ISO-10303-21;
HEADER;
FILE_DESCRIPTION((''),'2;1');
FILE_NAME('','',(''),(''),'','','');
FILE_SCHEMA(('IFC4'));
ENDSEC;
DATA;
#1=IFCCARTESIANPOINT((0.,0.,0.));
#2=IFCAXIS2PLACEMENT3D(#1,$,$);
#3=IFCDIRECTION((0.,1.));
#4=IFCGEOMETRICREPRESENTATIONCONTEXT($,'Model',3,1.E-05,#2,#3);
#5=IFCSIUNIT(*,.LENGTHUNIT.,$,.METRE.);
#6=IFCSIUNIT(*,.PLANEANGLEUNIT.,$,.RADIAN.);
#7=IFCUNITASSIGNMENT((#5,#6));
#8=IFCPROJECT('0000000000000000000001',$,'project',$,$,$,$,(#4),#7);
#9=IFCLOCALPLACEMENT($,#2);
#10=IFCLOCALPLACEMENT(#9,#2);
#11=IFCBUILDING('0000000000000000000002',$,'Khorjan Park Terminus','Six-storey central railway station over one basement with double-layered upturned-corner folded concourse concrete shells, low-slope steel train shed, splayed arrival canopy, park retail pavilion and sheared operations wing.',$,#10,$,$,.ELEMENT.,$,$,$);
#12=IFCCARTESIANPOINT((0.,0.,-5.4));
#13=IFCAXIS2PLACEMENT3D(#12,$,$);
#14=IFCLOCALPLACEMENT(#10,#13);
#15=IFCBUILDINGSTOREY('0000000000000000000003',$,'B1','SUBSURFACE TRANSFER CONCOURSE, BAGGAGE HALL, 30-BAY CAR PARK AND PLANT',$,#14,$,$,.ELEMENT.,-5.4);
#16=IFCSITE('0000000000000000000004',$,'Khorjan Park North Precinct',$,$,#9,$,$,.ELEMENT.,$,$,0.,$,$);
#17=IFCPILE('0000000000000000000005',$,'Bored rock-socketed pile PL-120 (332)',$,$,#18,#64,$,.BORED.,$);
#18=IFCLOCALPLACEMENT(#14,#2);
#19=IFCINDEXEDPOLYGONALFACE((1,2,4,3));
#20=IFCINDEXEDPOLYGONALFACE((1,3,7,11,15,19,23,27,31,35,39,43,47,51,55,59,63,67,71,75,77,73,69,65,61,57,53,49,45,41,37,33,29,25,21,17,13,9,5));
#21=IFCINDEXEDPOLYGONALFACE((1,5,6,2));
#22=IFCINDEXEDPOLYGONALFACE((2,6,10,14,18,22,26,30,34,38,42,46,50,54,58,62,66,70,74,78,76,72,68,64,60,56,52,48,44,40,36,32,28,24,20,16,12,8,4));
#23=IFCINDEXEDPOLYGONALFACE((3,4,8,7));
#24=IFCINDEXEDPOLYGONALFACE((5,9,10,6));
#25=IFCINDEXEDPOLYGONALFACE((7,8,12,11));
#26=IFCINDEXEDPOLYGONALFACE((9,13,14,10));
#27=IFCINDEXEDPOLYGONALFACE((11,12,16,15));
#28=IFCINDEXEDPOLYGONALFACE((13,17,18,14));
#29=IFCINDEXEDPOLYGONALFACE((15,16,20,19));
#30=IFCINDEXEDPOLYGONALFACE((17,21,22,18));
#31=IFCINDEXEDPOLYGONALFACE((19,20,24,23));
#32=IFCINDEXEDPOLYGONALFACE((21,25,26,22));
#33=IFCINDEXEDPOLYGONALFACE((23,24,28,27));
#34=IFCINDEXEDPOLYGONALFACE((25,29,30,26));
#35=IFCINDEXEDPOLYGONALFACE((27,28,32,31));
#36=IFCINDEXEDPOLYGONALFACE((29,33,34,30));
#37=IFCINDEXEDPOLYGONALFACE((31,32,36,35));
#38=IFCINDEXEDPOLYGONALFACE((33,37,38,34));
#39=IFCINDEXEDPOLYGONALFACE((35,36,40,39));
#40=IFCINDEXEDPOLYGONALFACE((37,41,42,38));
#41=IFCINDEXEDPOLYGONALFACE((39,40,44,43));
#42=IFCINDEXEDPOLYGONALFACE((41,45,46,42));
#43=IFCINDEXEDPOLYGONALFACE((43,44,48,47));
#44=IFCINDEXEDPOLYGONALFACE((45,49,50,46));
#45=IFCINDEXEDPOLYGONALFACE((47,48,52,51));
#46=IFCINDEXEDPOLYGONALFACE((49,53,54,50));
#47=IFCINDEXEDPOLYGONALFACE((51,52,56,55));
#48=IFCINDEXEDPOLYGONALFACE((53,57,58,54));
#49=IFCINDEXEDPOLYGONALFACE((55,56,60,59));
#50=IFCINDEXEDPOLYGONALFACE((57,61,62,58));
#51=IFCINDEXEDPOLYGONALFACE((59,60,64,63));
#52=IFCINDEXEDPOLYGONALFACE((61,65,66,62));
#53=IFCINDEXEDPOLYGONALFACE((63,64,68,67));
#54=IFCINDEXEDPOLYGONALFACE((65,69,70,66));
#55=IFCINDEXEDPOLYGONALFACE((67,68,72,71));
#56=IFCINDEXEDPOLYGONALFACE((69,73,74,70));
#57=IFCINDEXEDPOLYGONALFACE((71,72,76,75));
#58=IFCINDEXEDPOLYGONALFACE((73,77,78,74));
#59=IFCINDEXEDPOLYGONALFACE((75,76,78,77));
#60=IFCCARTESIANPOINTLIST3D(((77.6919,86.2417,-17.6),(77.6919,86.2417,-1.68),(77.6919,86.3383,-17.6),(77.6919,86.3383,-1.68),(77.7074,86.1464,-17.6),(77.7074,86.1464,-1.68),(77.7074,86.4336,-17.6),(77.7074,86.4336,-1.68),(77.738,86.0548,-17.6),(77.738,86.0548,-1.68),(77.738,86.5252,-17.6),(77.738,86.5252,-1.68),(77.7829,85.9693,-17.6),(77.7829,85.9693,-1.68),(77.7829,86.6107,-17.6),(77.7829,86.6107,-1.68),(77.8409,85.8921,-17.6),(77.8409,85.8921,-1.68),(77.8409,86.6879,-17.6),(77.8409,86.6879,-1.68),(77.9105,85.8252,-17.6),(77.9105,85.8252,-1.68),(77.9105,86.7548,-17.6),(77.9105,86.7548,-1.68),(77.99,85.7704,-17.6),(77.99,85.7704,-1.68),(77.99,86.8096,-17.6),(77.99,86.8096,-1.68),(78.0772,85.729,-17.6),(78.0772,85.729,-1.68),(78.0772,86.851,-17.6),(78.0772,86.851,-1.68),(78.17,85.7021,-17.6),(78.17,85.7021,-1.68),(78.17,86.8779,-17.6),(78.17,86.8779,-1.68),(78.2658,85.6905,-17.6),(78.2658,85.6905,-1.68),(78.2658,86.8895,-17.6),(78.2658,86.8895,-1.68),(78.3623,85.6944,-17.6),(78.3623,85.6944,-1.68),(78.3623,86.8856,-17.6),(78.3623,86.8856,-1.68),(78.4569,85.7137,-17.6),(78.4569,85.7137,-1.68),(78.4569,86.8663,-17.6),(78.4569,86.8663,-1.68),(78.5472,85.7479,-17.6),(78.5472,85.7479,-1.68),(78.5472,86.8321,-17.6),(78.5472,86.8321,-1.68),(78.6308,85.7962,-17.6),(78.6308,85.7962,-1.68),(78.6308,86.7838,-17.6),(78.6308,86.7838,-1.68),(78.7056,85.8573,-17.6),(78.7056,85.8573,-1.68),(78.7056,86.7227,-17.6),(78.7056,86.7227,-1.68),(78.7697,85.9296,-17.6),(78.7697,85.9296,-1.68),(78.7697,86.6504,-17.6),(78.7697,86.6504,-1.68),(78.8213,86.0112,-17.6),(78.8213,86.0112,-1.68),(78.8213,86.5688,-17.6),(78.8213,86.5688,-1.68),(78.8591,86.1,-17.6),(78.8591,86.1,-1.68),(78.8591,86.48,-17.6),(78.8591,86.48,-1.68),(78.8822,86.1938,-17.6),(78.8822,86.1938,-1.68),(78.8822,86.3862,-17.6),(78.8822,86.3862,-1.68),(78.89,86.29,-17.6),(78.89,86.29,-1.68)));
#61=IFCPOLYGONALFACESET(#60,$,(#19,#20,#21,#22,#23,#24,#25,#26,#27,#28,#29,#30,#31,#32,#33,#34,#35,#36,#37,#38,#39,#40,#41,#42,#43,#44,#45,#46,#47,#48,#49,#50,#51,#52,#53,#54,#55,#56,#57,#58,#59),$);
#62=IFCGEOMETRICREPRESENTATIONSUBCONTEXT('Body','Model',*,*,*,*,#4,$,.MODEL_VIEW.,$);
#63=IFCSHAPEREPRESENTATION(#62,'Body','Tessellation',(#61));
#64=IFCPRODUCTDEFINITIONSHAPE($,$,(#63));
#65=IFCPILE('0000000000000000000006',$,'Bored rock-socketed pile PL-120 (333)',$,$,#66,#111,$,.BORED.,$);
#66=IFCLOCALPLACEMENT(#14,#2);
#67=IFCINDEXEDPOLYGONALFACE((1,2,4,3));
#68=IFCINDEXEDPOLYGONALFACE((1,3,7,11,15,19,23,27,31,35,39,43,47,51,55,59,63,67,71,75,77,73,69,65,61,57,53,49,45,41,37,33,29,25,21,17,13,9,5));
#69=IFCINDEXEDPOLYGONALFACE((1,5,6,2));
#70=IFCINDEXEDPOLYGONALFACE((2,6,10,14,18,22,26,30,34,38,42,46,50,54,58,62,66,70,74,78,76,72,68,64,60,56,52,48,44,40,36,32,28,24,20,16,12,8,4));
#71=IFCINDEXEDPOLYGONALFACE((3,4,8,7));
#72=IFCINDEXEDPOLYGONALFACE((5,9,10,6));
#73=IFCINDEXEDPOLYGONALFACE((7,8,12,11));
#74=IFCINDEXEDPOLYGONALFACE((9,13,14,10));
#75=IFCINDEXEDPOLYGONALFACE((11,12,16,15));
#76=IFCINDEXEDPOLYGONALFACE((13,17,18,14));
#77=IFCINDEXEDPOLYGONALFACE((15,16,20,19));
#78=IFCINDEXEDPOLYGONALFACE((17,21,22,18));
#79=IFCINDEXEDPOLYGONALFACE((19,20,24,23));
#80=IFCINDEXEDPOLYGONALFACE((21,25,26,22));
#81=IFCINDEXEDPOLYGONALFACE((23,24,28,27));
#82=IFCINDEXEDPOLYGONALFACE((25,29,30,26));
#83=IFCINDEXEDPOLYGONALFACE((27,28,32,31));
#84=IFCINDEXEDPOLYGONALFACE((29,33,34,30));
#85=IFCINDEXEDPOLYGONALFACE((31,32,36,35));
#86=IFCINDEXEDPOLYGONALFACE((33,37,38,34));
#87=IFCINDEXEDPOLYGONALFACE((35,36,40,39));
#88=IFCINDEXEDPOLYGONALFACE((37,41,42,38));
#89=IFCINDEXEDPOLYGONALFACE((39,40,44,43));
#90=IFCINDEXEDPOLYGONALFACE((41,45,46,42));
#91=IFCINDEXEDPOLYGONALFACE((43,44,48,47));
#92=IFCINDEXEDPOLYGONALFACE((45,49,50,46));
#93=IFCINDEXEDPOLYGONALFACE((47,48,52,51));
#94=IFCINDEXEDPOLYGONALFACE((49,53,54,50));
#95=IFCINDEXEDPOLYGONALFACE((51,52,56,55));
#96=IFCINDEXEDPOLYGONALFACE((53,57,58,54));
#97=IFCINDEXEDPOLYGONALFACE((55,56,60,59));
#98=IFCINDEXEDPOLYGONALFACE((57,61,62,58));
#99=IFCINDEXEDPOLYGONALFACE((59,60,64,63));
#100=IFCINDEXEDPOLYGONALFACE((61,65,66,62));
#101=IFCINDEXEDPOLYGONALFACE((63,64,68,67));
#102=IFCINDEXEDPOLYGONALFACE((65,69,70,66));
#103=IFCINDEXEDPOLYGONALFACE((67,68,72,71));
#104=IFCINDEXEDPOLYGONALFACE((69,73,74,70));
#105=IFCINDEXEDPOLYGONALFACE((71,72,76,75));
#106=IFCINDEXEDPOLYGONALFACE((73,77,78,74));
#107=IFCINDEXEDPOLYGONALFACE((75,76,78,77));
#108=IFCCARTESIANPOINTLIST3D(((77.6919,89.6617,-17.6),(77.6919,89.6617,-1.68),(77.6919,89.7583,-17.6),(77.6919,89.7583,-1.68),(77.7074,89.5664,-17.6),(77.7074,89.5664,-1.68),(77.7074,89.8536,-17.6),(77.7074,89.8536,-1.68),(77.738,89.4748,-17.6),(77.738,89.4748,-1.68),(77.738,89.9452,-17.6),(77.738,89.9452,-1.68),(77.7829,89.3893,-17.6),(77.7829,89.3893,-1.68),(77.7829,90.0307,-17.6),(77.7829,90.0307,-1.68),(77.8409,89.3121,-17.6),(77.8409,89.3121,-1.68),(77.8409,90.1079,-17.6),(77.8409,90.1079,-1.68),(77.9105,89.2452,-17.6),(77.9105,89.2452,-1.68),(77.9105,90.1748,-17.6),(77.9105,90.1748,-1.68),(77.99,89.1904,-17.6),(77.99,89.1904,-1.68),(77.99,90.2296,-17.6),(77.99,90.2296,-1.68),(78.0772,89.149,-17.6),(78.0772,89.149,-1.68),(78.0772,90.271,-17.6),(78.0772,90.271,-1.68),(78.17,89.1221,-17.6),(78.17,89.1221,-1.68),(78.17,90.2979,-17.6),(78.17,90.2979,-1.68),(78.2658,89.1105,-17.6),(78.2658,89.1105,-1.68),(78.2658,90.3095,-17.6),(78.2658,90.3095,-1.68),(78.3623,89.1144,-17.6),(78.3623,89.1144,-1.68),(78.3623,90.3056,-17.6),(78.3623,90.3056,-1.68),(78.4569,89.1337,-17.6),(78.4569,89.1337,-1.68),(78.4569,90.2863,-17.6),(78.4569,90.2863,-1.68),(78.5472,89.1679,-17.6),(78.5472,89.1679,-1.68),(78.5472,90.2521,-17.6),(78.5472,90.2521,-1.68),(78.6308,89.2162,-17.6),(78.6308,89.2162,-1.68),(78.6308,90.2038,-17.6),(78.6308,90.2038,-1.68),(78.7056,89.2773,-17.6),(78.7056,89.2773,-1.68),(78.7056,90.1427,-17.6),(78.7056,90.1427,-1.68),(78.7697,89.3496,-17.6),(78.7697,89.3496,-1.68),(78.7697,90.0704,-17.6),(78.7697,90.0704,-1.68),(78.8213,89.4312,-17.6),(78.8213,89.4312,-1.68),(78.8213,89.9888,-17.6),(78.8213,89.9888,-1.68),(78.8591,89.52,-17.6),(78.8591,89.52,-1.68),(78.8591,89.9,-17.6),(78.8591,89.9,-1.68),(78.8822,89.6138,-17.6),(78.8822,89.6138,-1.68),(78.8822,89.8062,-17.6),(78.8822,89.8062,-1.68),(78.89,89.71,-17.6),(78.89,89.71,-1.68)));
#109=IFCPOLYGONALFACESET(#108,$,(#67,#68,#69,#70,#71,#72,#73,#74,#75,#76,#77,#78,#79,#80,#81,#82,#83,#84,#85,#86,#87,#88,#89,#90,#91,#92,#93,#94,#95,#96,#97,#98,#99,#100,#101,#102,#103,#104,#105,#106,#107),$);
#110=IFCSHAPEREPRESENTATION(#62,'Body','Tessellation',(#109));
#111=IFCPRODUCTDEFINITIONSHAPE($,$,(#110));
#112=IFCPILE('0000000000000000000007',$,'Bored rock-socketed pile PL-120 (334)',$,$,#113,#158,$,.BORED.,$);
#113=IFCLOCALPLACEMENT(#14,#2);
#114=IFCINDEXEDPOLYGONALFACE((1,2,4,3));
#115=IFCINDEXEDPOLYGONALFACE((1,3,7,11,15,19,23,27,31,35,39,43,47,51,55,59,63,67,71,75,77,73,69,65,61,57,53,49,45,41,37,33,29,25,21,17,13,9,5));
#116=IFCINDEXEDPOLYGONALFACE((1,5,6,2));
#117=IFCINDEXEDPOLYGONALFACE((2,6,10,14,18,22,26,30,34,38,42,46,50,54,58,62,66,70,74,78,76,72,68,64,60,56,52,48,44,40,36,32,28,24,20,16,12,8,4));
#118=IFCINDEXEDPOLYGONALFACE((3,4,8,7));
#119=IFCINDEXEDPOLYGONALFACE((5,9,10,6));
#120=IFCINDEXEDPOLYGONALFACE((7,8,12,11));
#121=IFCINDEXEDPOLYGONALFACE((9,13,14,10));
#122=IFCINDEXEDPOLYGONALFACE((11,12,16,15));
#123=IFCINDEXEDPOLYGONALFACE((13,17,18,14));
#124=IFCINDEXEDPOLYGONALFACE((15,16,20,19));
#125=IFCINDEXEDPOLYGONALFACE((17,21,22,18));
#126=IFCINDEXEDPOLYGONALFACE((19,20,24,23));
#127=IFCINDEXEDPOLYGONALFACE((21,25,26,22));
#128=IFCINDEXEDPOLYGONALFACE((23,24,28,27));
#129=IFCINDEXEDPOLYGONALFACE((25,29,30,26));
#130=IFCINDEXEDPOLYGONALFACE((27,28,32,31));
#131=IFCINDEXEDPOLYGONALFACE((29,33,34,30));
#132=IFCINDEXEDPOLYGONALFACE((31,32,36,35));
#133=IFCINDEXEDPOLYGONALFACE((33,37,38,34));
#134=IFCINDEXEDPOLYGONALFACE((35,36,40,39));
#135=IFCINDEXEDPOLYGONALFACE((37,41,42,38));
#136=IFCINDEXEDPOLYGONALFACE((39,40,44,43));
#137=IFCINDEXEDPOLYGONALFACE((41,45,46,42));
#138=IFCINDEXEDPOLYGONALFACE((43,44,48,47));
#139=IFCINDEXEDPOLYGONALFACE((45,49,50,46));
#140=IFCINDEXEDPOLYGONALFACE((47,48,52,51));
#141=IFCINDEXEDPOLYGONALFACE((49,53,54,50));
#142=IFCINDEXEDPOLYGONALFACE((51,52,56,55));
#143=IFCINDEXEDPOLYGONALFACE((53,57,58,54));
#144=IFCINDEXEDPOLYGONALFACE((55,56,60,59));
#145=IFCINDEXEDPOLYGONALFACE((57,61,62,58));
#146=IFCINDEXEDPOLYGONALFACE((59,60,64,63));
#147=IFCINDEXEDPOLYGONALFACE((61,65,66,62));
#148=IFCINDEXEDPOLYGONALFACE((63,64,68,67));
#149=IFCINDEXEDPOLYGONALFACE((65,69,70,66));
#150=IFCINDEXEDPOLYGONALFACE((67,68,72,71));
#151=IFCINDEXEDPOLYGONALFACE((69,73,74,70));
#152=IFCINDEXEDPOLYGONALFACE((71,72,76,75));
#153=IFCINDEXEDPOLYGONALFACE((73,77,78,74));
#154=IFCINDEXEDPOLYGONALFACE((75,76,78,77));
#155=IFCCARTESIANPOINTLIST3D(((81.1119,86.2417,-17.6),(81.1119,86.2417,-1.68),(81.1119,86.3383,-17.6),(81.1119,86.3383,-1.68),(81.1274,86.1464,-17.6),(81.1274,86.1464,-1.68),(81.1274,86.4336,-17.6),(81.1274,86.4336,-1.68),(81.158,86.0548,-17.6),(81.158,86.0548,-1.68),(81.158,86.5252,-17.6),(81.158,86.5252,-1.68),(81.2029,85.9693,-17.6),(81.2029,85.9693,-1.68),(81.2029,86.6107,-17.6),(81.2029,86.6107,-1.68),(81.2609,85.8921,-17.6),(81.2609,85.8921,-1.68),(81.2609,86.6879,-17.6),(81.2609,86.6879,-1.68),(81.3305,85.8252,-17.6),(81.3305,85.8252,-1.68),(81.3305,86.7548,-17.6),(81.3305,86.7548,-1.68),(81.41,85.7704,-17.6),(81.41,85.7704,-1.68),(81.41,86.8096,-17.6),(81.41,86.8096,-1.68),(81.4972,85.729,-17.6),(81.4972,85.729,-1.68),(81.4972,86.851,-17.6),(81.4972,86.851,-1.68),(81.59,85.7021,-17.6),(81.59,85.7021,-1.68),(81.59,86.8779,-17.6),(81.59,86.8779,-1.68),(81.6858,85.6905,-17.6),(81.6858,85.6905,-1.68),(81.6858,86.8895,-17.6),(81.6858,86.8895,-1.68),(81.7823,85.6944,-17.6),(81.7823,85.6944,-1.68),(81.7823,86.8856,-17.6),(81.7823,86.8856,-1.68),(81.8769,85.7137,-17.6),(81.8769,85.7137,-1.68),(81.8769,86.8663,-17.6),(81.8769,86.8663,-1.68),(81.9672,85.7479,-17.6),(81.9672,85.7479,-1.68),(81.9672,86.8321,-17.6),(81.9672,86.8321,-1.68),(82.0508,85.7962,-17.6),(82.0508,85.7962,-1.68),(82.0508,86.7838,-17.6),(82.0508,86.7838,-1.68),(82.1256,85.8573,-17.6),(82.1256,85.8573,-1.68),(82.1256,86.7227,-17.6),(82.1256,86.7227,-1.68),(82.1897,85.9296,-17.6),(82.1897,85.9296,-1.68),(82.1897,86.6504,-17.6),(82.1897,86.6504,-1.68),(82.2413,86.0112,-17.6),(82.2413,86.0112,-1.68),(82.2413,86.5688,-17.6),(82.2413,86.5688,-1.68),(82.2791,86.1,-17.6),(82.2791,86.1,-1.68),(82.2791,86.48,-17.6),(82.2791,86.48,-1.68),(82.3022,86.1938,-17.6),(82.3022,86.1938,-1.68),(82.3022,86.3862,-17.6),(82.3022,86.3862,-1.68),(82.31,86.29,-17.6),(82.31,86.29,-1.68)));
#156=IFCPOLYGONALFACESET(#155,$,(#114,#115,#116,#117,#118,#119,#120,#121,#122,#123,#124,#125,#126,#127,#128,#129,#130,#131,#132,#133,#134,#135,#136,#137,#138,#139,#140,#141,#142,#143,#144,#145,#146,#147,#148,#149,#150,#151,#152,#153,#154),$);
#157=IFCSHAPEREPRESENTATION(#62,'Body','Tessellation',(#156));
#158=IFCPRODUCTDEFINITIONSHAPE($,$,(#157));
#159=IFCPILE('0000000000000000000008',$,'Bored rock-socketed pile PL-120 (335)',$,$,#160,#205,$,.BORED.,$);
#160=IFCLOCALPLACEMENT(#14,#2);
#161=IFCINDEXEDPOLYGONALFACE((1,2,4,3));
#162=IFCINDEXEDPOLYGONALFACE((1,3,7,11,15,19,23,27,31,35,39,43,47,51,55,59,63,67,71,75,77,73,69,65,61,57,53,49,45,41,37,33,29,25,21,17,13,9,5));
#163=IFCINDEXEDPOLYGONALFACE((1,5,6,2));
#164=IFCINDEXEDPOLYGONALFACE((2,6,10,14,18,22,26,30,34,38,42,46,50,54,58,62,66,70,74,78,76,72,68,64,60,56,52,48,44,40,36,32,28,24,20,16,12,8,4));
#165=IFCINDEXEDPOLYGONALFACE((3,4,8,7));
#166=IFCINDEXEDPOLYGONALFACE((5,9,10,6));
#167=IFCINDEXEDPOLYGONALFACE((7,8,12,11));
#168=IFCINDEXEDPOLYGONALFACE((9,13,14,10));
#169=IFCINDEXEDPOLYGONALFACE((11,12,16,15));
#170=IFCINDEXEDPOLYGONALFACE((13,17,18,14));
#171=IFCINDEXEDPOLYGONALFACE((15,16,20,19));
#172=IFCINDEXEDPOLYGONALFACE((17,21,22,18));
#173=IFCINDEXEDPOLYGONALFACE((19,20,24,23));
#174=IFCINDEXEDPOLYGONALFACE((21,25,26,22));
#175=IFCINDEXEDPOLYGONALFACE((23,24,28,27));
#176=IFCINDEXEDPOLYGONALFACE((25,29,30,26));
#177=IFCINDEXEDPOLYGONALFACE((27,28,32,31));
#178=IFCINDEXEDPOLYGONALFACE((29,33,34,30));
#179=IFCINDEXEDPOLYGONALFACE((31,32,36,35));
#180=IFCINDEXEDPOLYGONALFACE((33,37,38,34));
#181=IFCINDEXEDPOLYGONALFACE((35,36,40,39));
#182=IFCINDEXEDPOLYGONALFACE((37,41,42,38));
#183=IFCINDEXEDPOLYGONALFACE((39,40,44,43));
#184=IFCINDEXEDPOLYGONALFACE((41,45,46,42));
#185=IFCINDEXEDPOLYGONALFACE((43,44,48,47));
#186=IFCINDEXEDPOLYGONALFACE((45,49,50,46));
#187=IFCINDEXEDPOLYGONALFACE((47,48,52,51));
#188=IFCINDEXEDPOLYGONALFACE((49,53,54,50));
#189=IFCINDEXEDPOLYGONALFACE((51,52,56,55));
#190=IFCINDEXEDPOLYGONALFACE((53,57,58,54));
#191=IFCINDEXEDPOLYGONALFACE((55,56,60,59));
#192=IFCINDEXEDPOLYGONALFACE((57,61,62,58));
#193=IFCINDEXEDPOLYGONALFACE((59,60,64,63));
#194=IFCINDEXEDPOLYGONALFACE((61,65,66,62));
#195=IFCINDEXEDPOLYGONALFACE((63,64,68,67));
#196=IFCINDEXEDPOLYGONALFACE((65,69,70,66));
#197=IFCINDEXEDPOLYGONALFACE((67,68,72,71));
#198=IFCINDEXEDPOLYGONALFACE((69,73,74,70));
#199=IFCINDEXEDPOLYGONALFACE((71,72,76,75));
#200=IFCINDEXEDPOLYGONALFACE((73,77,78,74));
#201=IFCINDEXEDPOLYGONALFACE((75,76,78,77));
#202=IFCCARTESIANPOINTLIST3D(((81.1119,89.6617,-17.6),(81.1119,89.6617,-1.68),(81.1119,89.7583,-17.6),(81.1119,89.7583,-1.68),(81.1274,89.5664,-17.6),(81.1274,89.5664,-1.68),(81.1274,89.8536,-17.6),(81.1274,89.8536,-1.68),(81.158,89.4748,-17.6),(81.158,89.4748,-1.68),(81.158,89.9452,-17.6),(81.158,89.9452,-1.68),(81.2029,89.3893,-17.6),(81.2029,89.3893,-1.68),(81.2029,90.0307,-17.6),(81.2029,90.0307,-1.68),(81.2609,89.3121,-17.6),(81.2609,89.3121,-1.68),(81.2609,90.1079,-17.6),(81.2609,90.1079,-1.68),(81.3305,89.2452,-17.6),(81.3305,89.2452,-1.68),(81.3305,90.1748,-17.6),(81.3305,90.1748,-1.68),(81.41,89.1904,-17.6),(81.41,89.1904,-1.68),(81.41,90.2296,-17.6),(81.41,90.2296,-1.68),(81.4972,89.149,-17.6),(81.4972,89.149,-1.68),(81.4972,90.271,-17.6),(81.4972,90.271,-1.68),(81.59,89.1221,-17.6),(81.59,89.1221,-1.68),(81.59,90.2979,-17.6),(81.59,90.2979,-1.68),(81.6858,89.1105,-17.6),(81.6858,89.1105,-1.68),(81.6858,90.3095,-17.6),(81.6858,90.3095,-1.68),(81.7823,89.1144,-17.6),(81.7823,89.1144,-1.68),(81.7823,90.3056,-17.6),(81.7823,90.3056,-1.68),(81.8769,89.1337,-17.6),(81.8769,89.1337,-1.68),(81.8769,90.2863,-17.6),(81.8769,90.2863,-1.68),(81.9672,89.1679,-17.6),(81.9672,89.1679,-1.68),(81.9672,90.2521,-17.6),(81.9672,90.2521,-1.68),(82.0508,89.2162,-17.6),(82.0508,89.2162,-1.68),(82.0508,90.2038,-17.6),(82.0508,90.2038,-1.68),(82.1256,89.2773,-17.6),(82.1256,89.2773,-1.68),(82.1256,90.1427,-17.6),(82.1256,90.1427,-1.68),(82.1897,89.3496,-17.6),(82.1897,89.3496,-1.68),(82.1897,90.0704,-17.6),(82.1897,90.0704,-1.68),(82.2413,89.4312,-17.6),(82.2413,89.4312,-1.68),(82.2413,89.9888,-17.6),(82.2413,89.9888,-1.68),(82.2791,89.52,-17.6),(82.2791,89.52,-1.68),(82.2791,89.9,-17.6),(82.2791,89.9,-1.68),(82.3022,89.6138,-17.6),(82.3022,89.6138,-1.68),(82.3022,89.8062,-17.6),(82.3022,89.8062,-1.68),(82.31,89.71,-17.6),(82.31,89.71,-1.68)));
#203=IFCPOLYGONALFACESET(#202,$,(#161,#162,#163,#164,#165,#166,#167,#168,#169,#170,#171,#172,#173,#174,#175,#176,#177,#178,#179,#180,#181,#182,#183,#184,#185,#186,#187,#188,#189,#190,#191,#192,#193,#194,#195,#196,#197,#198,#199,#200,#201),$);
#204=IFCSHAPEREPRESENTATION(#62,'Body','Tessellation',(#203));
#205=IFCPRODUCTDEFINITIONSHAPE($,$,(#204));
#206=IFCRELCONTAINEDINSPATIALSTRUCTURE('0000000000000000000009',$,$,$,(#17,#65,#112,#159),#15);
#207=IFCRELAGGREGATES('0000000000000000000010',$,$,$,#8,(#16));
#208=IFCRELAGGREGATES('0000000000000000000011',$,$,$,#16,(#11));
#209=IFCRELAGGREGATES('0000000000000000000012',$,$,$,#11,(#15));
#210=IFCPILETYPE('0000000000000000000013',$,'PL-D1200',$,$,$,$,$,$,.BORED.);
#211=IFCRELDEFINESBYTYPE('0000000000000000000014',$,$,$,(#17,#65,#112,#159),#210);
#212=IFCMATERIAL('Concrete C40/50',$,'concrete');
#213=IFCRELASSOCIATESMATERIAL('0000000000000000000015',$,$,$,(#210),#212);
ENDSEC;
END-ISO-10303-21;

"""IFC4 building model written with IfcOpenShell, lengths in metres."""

from ifc_helpers import new_model, si_unit, direction, frame, origin, origin_2d, place, context, subcontext, project, spatial, circle, extrude, material, material_profile, profile_set, type_object, element, save


model = new_model("IFC4")

# Units and contexts
model_context = context("Model", 3, precision=1e-05, world=origin(), true_north=direction((0.0, 1.0)))
body_context = subcontext(model_context, "Body", "Model", "MODEL_VIEW")
ifc_project = project(units=[si_unit("LENGTHUNIT", "METRE"), si_unit("PLANEANGLEUNIT", "RADIAN")], contexts=[model_context])

# Site, building, storey
site_placement = place(None, origin())
site = spatial("IfcSite", under=ifc_project, at=site_placement, Name="Khorjan Park North Precinct", CompositionType="ELEMENT", RefElevation=0.0)
building_placement = place(site_placement, origin())
building = spatial("IfcBuilding", under=site, at=building_placement, Name="Khorjan Park Terminus", Description="Six-storey central railway station over one basement with double-layered upturned-corner folded concourse concrete shells, low-slope steel train shed, splayed arrival canopy, park retail pavilion and sheared operations wing.", CompositionType="ELEMENT")
storey_placement = place(building_placement, frame((0.0, 0.0, -5.4)))
storey = spatial("IfcBuildingStorey", under=building, at=storey_placement, Name="B1", Description="SUBSURFACE TRANSFER CONCOURSE, BAGGAGE HALL, 30-BAY CAR PARK AND PLANT", CompositionType="ELEMENT", Elevation=-5.4)

# Shared definitions
ifc_material_1 = material(Name="Concrete C40/50", Category="concrete")

# Piles
ifc_material_profile_1 = material_profile(ifc_material_1, circle(Radius=0.6, at=origin_2d()), Name="BORED D1200")
ifc_profile_set_1 = profile_set([ifc_material_profile_1], Name="Concrete C40/50")
pile_type_1 = type_object("IfcPileType", Name="PL-D1200", PredefinedType="BORED", material=ifc_profile_set_1)
for number, where, z_axis, x_axis, name in (
    (1, (78.29, 86.29, -1.68), (0.0, 0.0, -1.0), (1.0, 0.0, 0.0), "Bored rock-socketed pile PL-120 (332)"),
    (2, (78.29, 89.71, -1.68), (0.0, 0.0, -1.0), (1.0, 0.0, 0.0), "Bored rock-socketed pile PL-120 (333)"),
    (3, (81.71, 86.29, -1.68), (0.0, 0.0, -1.0), (1.0, 0.0, 0.0), "Bored rock-socketed pile PL-120 (334)"),
    (4, (81.71, 89.71, -1.68), (0.0, 0.0, -1.0), (1.0, 0.0, 0.0), "Bored rock-socketed pile PL-120 (335)"),
):
    element("IfcPile", number, at=place(storey_placement, frame(where, z_axis=z_axis, x_axis=x_axis)), inside=storey, type_object=pile_type_1, Name=name, PredefinedType="BORED", context=body_context, shape_type="SweptSolid", body=[
        extrude(circle(Radius=0.6, at=origin_2d()), origin(), (0.0, 0.0, 1.0), 15.92),
    ])

save(model, "model.ifc")
